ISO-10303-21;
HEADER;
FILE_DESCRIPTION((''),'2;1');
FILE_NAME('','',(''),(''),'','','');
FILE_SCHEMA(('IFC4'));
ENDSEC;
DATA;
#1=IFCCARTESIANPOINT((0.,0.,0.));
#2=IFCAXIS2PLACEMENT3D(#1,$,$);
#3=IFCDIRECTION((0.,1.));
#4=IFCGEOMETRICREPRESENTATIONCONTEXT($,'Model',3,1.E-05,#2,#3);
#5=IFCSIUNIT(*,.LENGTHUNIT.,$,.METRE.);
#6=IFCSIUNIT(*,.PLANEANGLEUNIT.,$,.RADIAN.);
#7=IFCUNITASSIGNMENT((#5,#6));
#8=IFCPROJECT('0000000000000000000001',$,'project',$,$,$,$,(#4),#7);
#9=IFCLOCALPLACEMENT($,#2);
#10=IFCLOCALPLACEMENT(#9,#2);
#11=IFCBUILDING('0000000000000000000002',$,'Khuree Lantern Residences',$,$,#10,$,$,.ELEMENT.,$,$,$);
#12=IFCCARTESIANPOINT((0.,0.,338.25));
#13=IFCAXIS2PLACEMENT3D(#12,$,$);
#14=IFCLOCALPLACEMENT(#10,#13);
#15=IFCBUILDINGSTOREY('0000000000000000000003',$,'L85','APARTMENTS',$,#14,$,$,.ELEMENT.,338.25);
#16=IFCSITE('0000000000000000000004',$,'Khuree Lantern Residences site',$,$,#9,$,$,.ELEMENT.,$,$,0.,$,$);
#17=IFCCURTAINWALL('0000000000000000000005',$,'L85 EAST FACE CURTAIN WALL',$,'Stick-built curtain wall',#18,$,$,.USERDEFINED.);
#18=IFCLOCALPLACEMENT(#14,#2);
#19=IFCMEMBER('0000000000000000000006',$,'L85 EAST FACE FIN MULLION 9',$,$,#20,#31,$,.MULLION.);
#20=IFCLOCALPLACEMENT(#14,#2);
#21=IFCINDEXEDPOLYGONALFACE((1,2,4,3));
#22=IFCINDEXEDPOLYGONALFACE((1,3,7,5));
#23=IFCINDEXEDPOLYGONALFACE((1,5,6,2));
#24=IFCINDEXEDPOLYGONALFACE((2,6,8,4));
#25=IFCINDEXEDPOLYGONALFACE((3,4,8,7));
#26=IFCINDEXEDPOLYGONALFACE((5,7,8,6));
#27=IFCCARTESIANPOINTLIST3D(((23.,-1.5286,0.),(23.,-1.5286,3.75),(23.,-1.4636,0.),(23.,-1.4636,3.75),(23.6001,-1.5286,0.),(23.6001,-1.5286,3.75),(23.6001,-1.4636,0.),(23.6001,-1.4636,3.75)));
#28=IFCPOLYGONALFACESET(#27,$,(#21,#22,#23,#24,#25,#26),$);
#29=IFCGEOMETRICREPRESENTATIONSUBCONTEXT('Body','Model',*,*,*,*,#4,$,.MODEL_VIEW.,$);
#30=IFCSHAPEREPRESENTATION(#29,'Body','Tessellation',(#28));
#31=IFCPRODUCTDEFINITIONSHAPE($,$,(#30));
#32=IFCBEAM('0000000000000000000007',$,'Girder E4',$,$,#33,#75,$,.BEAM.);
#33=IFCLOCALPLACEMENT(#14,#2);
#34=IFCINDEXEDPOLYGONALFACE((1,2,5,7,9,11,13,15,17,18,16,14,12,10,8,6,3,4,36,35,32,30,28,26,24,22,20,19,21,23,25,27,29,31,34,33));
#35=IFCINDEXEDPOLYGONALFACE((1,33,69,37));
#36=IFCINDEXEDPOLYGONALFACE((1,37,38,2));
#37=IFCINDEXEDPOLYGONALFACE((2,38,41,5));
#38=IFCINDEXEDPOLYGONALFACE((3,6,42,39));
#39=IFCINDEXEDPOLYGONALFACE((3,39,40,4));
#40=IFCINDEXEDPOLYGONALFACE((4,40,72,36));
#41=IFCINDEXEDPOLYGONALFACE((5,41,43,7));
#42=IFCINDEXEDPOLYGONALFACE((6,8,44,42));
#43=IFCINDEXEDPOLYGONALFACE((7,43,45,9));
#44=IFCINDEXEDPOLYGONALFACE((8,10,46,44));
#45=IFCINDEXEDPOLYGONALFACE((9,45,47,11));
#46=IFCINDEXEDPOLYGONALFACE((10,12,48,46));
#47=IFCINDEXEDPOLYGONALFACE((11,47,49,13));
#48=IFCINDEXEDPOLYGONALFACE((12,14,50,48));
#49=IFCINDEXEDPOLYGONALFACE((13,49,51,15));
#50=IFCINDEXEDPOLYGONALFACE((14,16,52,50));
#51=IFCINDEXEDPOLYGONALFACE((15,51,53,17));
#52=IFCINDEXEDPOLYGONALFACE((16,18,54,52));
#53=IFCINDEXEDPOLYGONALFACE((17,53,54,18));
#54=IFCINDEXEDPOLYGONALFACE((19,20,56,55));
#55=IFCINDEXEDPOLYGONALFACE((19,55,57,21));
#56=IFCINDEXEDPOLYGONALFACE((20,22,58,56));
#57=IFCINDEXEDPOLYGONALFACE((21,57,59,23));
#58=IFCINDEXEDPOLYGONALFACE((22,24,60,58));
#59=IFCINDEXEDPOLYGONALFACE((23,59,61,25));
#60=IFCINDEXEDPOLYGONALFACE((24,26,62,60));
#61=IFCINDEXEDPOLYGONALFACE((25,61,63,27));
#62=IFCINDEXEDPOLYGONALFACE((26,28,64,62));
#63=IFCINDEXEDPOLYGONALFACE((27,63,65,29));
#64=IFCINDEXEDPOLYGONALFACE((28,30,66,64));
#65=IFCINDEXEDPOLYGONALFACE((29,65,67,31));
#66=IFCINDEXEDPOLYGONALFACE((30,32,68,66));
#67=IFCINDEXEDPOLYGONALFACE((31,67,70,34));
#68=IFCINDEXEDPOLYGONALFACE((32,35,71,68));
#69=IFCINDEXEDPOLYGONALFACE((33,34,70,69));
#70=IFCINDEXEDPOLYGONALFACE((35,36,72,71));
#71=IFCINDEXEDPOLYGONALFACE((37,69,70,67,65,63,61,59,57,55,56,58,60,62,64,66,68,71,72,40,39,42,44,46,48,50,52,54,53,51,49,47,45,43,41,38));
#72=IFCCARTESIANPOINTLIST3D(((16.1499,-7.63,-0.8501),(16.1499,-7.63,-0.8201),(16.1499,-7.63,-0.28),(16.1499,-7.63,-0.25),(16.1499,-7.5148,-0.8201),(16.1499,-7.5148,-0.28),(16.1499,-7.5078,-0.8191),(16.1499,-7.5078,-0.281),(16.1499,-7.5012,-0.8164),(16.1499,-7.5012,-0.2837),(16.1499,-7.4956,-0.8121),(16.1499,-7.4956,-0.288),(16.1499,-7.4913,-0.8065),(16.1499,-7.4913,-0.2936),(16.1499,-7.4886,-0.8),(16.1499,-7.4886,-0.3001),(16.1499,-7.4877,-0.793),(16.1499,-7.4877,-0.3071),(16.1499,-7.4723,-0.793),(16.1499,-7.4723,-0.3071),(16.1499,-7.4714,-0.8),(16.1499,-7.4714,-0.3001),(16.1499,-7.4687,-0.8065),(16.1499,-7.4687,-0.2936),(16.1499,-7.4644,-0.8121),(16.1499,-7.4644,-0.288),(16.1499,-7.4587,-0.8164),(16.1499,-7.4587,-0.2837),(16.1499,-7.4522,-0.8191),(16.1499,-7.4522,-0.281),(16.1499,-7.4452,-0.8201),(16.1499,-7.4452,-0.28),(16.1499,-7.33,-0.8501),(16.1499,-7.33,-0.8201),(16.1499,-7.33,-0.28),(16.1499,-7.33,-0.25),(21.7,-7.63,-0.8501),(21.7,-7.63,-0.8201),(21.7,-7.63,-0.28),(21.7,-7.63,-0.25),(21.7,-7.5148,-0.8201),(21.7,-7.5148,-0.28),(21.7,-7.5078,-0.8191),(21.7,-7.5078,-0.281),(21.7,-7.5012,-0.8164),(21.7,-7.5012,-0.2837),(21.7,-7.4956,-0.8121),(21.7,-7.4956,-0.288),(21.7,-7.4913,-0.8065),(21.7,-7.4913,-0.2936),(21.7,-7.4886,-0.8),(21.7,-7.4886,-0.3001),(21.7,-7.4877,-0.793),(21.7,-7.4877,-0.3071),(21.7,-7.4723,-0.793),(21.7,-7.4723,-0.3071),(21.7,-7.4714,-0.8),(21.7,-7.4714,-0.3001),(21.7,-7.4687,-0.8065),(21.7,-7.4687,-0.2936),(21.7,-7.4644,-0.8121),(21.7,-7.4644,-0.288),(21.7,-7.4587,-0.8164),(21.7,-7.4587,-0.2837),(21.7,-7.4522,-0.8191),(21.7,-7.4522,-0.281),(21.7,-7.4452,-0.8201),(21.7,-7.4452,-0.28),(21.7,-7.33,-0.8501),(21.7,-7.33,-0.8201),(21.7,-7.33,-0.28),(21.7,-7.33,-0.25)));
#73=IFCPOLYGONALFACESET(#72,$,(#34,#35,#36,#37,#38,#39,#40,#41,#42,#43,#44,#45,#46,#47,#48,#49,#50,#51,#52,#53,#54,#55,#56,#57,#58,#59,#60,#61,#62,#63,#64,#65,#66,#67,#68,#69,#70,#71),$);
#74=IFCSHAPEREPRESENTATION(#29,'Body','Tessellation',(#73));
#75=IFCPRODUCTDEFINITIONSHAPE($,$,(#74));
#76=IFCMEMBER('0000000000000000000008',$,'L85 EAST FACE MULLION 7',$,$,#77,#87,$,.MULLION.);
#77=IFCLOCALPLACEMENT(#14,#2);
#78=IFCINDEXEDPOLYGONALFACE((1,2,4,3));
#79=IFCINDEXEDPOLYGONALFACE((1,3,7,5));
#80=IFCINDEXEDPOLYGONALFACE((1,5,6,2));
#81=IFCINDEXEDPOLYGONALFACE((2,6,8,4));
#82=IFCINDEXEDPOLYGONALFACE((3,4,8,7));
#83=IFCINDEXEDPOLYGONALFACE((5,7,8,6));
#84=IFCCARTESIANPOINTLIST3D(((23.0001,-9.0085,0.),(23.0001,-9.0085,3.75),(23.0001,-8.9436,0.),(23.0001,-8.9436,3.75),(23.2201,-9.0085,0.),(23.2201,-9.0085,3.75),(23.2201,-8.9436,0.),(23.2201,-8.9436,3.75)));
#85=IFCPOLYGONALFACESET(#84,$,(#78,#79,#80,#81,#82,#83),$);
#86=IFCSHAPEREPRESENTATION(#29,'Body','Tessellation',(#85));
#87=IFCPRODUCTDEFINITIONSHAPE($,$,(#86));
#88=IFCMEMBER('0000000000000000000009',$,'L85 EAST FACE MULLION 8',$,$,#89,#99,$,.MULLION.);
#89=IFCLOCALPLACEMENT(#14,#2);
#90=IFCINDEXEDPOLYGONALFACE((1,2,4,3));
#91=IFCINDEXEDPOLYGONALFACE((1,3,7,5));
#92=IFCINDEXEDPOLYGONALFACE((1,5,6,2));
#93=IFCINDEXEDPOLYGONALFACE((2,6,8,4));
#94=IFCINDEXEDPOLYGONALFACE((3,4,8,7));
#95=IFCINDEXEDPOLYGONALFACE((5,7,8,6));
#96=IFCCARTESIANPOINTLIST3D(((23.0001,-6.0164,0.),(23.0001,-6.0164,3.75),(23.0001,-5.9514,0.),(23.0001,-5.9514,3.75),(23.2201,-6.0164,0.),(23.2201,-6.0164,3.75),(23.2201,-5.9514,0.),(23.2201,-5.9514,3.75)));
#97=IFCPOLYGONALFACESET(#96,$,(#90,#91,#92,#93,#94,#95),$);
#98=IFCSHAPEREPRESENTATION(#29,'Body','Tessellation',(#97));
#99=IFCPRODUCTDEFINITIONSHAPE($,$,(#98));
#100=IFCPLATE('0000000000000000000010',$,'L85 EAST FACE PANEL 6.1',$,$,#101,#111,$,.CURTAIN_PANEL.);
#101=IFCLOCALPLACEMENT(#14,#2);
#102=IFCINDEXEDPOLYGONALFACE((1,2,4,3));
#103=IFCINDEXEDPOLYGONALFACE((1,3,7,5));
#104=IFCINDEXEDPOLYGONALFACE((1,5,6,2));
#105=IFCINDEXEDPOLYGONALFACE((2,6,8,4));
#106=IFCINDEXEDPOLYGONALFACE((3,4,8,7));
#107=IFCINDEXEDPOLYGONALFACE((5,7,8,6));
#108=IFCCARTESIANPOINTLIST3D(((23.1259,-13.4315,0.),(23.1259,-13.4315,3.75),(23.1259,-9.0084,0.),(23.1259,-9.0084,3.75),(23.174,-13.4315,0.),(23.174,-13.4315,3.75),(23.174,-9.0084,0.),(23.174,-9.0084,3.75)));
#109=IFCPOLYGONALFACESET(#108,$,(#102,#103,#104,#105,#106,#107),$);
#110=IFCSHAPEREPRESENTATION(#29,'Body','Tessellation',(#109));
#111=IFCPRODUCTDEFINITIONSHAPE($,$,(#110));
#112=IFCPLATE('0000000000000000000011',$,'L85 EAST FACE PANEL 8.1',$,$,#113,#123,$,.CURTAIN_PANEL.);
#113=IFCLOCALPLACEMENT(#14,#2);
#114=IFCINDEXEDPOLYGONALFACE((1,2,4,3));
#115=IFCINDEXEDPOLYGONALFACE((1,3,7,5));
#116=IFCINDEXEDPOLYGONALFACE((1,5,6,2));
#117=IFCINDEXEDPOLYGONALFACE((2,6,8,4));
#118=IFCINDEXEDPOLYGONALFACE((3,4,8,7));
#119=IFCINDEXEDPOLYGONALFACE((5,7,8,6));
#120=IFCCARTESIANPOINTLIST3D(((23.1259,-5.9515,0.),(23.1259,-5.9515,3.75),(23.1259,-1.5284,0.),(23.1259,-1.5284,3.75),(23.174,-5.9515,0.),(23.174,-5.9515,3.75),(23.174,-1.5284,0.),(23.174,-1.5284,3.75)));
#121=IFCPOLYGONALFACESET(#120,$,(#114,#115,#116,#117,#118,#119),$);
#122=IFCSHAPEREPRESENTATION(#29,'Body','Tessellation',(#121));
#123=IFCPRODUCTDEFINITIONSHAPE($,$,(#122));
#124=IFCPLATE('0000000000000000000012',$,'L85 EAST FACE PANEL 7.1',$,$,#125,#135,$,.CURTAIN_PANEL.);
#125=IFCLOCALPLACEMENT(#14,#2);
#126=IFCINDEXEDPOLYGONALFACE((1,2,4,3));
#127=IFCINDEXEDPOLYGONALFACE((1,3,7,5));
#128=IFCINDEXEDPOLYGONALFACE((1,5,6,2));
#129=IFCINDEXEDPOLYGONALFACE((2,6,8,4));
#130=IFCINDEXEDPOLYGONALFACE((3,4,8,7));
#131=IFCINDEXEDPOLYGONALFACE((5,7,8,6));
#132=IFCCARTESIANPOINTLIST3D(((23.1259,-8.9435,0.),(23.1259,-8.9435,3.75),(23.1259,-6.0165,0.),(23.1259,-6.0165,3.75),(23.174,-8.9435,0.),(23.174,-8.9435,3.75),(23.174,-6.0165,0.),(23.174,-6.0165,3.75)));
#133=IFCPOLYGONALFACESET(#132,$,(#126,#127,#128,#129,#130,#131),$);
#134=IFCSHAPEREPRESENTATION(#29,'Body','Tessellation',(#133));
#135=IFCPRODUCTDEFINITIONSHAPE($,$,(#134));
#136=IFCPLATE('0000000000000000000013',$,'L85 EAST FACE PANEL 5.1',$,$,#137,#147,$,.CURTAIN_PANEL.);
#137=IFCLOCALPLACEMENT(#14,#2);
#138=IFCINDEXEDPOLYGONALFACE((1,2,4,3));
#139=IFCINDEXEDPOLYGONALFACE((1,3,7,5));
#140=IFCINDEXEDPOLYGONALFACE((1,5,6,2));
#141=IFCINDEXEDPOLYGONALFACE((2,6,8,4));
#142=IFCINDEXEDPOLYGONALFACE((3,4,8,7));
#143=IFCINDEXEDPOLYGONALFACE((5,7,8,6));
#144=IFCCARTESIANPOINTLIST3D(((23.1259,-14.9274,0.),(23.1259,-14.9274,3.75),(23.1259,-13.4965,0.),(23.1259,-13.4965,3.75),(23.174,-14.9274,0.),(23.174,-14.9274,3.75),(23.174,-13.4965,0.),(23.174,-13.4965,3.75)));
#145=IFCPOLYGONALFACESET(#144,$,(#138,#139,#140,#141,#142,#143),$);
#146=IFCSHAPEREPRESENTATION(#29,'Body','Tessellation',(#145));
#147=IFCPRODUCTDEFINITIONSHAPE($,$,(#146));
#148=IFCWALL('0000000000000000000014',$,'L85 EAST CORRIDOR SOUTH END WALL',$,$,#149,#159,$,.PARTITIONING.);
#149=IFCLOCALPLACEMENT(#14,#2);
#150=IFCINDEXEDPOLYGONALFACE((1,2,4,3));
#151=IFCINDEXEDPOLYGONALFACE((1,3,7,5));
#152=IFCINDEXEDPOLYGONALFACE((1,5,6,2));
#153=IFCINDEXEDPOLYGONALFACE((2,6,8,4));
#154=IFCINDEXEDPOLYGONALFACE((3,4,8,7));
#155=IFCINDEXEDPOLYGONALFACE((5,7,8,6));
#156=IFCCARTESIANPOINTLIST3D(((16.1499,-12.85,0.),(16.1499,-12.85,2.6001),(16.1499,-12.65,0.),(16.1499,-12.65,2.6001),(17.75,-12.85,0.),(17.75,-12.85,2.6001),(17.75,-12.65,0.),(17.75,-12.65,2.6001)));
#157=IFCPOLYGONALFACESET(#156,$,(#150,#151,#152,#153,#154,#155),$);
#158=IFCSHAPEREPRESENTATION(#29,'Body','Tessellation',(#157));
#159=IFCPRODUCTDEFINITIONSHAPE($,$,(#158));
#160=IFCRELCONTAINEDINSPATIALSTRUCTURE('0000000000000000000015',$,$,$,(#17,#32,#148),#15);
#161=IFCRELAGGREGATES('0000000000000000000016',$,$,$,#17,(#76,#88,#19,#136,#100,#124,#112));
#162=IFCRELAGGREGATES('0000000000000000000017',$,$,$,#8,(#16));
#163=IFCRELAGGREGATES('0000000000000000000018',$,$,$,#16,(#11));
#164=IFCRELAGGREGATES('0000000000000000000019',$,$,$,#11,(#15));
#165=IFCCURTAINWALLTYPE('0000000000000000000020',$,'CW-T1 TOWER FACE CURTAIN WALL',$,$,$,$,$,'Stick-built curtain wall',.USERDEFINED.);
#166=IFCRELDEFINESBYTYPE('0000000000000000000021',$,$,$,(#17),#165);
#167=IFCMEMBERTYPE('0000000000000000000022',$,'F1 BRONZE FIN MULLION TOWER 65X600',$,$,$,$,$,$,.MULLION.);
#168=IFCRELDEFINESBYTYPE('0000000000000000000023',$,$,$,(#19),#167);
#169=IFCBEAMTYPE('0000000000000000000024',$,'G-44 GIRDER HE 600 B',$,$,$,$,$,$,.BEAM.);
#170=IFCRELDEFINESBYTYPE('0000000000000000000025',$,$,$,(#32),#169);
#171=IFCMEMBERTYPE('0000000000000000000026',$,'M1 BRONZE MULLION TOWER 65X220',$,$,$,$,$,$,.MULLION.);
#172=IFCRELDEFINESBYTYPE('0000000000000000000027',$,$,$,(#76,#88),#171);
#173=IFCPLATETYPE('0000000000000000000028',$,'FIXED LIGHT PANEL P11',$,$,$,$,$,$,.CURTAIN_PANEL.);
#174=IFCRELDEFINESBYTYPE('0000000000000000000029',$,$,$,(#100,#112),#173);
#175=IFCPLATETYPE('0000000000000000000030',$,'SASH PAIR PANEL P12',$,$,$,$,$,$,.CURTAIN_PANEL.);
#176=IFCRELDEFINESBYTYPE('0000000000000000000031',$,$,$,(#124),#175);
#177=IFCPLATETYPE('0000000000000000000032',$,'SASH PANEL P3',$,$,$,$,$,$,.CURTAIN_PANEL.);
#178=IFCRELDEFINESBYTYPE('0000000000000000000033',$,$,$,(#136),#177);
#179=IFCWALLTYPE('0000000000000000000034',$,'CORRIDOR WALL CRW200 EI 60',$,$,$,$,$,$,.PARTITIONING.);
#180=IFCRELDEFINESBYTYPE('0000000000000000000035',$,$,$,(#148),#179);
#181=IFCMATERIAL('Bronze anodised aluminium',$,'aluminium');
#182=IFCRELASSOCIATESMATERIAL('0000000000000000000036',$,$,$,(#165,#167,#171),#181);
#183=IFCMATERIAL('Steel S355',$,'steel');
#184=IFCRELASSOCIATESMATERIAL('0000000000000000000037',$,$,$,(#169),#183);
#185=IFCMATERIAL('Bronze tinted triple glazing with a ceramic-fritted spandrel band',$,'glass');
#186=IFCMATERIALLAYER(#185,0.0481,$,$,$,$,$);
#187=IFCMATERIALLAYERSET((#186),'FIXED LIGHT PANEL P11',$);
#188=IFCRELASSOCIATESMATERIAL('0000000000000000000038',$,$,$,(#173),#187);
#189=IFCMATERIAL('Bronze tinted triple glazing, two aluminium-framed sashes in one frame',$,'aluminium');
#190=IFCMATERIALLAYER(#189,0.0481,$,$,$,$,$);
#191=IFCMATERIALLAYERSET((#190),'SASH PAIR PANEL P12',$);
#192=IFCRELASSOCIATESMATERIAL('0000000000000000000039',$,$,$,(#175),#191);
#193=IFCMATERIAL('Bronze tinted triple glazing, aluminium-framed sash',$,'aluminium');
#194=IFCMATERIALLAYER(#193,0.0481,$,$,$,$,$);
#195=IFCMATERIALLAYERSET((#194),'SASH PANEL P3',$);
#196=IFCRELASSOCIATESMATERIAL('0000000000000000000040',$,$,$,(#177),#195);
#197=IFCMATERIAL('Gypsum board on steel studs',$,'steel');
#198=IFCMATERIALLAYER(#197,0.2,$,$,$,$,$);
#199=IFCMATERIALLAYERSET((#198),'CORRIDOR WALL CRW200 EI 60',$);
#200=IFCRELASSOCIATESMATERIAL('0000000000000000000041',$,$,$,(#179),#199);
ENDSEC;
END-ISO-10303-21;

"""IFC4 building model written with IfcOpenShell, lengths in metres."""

from ifc_helpers import new_model, si_unit, direction, frame, frame_2d, origin, origin_2d, place, context, subcontext, project, spatial, rectangle, i_section, extrude, material, layer, layer_set, material_profile, profile_set, type_object, element, aggregate, save


model = new_model("IFC4")

# Units and contexts
model_context = context("Model", 3, precision=1e-05, world=origin(), true_north=direction((0.0, 1.0)))
body_context = subcontext(model_context, "Body", "Model", "MODEL_VIEW")
ifc_project = project(units=[si_unit("LENGTHUNIT", "METRE"), si_unit("PLANEANGLEUNIT", "RADIAN")], contexts=[model_context])

# Site, building, storey
site_placement = place(None, origin())
site = spatial("IfcSite", under=ifc_project, at=site_placement, Name="Khuree Lantern Residences site", CompositionType="ELEMENT", RefElevation=0.0)
building_placement = place(site_placement, origin())
building = spatial("IfcBuilding", under=site, at=building_placement, Name="Khuree Lantern Residences", CompositionType="ELEMENT")
storey_placement = place(building_placement, frame((0.0, 0.0, 338.25)))
storey = spatial("IfcBuildingStorey", under=building, at=storey_placement, Name="L85", Description="APARTMENTS", CompositionType="ELEMENT", Elevation=338.25)

# Shared definitions
ifc_material_1 = material(Name="Steel S355", Category="steel")

# Curtain wall, member
ifc_material_2 = material(Name="Bronze anodised aluminium", Category="aluminium")
curtain_wall_type = type_object("IfcCurtainWallType", Name="CW-T1 TOWER FACE CURTAIN WALL", ElementType="Stick-built curtain wall", PredefinedType="USERDEFINED", material=ifc_material_2)
curtain_wall_placement = place(storey_placement, origin())
curtain_wall = element("IfcCurtainWall", 1, at=curtain_wall_placement, inside=storey, type_object=curtain_wall_type, Name="L85 EAST FACE CURTAIN WALL", ObjectType="Stick-built curtain wall", PredefinedType="USERDEFINED")
ifc_material_profile_1 = material_profile(ifc_material_2, rectangle(XDim=0.0649, YDim=0.6001, at=origin_2d()), Name="F1 65X600")
ifc_profile_set_1 = profile_set([ifc_material_profile_1], Name="Bronze anodised aluminium")
member_type_1 = type_object("IfcMemberType", Name="F1 BRONZE FIN MULLION TOWER 65X600", PredefinedType="MULLION", material=ifc_profile_set_1)
member_1_placement = place(storey_placement, frame((23.3, -1.4961, 0.0), z_axis=(0.0, 0.0, 1.0), x_axis=(0.0, 1.0, 0.0)))
member_1 = element("IfcMember", 2, at=member_1_placement, type_object=member_type_1, Name="L85 EAST FACE FIN MULLION 9", PredefinedType="MULLION", context=body_context, shape_type="SweptSolid", body=[
    extrude(rectangle(XDim=0.0649, YDim=0.6001, at=origin_2d()), origin(), (0.0, 0.0, 1.0), 3.75),
])

# Beam
ifc_material_profile_2 = material_profile(ifc_material_1, i_section(OverallWidth=0.3, OverallDepth=0.6001, WebThickness=0.0154, FlangeThickness=0.03, FilletRadius=0.0271, at=origin_2d()), Name="HE 600 B")
ifc_profile_set_2 = profile_set([ifc_material_profile_2], Name="Steel S355")
beam_type_1 = type_object("IfcBeamType", Name="G-44 GIRDER HE 600 B", PredefinedType="BEAM", material=ifc_profile_set_2)
beam_1_placement = place(storey_placement, frame((21.7, -7.48, -0.55), z_axis=(-1.0, 0.0, 0.0), x_axis=(0.0, -1.0, 0.0)))
element("IfcBeam", 3, at=beam_1_placement, inside=storey, type_object=beam_type_1, Name="Girder E4", PredefinedType="BEAM", context=body_context, shape_type="SweptSolid", body=[
    extrude(i_section(OverallWidth=0.3, OverallDepth=0.6001, WebThickness=0.0154, FlangeThickness=0.03, FilletRadius=0.0271, at=origin_2d()), origin(), (0.0, 0.0, 1.0), 5.55),
])

# Members
ifc_material_profile_3 = material_profile(ifc_material_2, rectangle(XDim=0.0649, YDim=0.22, at=origin_2d()), Name="M1 65X220")
ifc_profile_set_3 = profile_set([ifc_material_profile_3], Name="Bronze anodised aluminium")
member_type_2 = type_object("IfcMemberType", Name="M1 BRONZE MULLION TOWER 65X220", PredefinedType="MULLION", material=ifc_profile_set_3)
member_2_placement = place(storey_placement, frame((23.1101, -8.9761, 0.0), z_axis=(0.0, 0.0, 1.0), x_axis=(0.0, 1.0, 0.0)))
member_2 = element("IfcMember", 4, at=member_2_placement, type_object=member_type_2, Name="L85 EAST FACE MULLION 7", PredefinedType="MULLION", context=body_context, shape_type="SweptSolid", body=[
    extrude(rectangle(XDim=0.0649, YDim=0.22, at=origin_2d()), origin(), (0.0, 0.0, 1.0), 3.75),
])
member_3_placement = place(storey_placement, frame((23.1101, -5.9839, 0.0), z_axis=(0.0, 0.0, 1.0), x_axis=(0.0, 1.0, 0.0)))
member_3 = element("IfcMember", 5, at=member_3_placement, type_object=member_type_2, Name="L85 EAST FACE MULLION 8", PredefinedType="MULLION", context=body_context, shape_type="SweptSolid", body=[
    extrude(rectangle(XDim=0.0649, YDim=0.22, at=origin_2d()), origin(), (0.0, 0.0, 1.0), 3.75),
])

# Plates
ifc_material_3 = material(Name="Bronze tinted triple glazing with a ceramic-fritted spandrel band", Category="glass")
ifc_layer_1 = layer(ifc_material_3, 0.0481)
ifc_layer_set_1 = layer_set([ifc_layer_1], Name="FIXED LIGHT PANEL P11")
plate_type_1 = type_object("IfcPlateType", Name="FIXED LIGHT PANEL P11", PredefinedType="CURTAIN_PANEL", material=ifc_layer_set_1)
plate_1_placement = place(storey_placement, frame((23.1499, -11.22, 0.0), z_axis=(0.0, 0.0, 1.0), x_axis=(0.0, 1.0, 0.0)))
plate_1 = element("IfcPlate", 6, at=plate_1_placement, type_object=plate_type_1, Name="L85 EAST FACE PANEL 6.1", PredefinedType="CURTAIN_PANEL", context=body_context, shape_type="SweptSolid", body=[
    extrude(rectangle(XDim=4.4231, YDim=0.0481, at=origin_2d()), origin(), (0.0, 0.0, 1.0), 3.75),
])
plate_2_placement = place(storey_placement, frame((23.1499, -3.74, 0.0), z_axis=(0.0, 0.0, 1.0), x_axis=(0.0, 1.0, 0.0)))
plate_2 = element("IfcPlate", 7, at=plate_2_placement, type_object=plate_type_1, Name="L85 EAST FACE PANEL 8.1", PredefinedType="CURTAIN_PANEL", context=body_context, shape_type="SweptSolid", body=[
    extrude(rectangle(XDim=4.4231, YDim=0.0481, at=origin_2d()), origin(), (0.0, 0.0, 1.0), 3.75),
])
ifc_material_4 = material(Name="Bronze tinted triple glazing, two aluminium-framed sashes in one frame", Category="aluminium")
ifc_layer_2 = layer(ifc_material_4, 0.0481)
ifc_layer_set_2 = layer_set([ifc_layer_2], Name="SASH PAIR PANEL P12")
plate_type_2 = type_object("IfcPlateType", Name="SASH PAIR PANEL P12", PredefinedType="CURTAIN_PANEL", material=ifc_layer_set_2)
plate_3_placement = place(storey_placement, frame((23.1499, -7.48, 0.0), z_axis=(0.0, 0.0, 1.0), x_axis=(0.0, 1.0, 0.0)))
plate_3 = element("IfcPlate", 8, at=plate_3_placement, type_object=plate_type_2, Name="L85 EAST FACE PANEL 7.1", PredefinedType="CURTAIN_PANEL", context=body_context, shape_type="SweptSolid", body=[
    extrude(rectangle(XDim=2.927, YDim=0.0481, at=origin_2d()), origin(), (0.0, 0.0, 1.0), 3.75),
])
ifc_material_5 = material(Name="Bronze tinted triple glazing, aluminium-framed sash", Category="aluminium")
ifc_layer_3 = layer(ifc_material_5, 0.0481)
ifc_layer_set_3 = layer_set([ifc_layer_3], Name="SASH PANEL P3")
plate_type_3 = type_object("IfcPlateType", Name="SASH PANEL P3", PredefinedType="CURTAIN_PANEL", material=ifc_layer_set_3)
plate_4_placement = place(storey_placement, frame((23.1499, -14.2119, 0.0), z_axis=(0.0, 0.0, 1.0), x_axis=(0.0, 1.0, 0.0)))
plate_4 = element("IfcPlate", 9, at=plate_4_placement, type_object=plate_type_3, Name="L85 EAST FACE PANEL 5.1", PredefinedType="CURTAIN_PANEL", context=body_context, shape_type="SweptSolid", body=[
    extrude(rectangle(XDim=1.4309, YDim=0.0481, at=origin_2d()), origin(), (0.0, 0.0, 1.0), 3.75),
])
aggregate(curtain_wall, [member_2, member_3, member_1, plate_4, plate_1, plate_3, plate_2])

# Wall
ifc_material_6 = material(Name="Gypsum board on steel studs", Category="steel")
ifc_layer_4 = layer(ifc_material_6, 0.2)
ifc_layer_set_4 = layer_set([ifc_layer_4], Name="CORRIDOR WALL CRW200 EI 60")
wall_type_1 = type_object("IfcWallType", Name="CORRIDOR WALL CRW200 EI 60", PredefinedType="PARTITIONING", material=ifc_layer_set_4)
wall_1_placement = place(storey_placement, frame((16.1499, -12.75, 0.0), z_axis=(0.0, 0.0, 1.0), x_axis=(1.0, 0.0, 0.0)))
element("IfcWall", 10, at=wall_1_placement, inside=storey, type_object=wall_type_1, Name="L85 EAST CORRIDOR SOUTH END WALL", PredefinedType="PARTITIONING", context=body_context, shape_type="SweptSolid", body=[
    extrude(rectangle(XDim=1.6001, YDim=0.2, at=frame_2d((0.8, 0.0))), origin(), (0.0, 0.0, 1.0), 2.6001),
])

save(model, "model.ifc")
